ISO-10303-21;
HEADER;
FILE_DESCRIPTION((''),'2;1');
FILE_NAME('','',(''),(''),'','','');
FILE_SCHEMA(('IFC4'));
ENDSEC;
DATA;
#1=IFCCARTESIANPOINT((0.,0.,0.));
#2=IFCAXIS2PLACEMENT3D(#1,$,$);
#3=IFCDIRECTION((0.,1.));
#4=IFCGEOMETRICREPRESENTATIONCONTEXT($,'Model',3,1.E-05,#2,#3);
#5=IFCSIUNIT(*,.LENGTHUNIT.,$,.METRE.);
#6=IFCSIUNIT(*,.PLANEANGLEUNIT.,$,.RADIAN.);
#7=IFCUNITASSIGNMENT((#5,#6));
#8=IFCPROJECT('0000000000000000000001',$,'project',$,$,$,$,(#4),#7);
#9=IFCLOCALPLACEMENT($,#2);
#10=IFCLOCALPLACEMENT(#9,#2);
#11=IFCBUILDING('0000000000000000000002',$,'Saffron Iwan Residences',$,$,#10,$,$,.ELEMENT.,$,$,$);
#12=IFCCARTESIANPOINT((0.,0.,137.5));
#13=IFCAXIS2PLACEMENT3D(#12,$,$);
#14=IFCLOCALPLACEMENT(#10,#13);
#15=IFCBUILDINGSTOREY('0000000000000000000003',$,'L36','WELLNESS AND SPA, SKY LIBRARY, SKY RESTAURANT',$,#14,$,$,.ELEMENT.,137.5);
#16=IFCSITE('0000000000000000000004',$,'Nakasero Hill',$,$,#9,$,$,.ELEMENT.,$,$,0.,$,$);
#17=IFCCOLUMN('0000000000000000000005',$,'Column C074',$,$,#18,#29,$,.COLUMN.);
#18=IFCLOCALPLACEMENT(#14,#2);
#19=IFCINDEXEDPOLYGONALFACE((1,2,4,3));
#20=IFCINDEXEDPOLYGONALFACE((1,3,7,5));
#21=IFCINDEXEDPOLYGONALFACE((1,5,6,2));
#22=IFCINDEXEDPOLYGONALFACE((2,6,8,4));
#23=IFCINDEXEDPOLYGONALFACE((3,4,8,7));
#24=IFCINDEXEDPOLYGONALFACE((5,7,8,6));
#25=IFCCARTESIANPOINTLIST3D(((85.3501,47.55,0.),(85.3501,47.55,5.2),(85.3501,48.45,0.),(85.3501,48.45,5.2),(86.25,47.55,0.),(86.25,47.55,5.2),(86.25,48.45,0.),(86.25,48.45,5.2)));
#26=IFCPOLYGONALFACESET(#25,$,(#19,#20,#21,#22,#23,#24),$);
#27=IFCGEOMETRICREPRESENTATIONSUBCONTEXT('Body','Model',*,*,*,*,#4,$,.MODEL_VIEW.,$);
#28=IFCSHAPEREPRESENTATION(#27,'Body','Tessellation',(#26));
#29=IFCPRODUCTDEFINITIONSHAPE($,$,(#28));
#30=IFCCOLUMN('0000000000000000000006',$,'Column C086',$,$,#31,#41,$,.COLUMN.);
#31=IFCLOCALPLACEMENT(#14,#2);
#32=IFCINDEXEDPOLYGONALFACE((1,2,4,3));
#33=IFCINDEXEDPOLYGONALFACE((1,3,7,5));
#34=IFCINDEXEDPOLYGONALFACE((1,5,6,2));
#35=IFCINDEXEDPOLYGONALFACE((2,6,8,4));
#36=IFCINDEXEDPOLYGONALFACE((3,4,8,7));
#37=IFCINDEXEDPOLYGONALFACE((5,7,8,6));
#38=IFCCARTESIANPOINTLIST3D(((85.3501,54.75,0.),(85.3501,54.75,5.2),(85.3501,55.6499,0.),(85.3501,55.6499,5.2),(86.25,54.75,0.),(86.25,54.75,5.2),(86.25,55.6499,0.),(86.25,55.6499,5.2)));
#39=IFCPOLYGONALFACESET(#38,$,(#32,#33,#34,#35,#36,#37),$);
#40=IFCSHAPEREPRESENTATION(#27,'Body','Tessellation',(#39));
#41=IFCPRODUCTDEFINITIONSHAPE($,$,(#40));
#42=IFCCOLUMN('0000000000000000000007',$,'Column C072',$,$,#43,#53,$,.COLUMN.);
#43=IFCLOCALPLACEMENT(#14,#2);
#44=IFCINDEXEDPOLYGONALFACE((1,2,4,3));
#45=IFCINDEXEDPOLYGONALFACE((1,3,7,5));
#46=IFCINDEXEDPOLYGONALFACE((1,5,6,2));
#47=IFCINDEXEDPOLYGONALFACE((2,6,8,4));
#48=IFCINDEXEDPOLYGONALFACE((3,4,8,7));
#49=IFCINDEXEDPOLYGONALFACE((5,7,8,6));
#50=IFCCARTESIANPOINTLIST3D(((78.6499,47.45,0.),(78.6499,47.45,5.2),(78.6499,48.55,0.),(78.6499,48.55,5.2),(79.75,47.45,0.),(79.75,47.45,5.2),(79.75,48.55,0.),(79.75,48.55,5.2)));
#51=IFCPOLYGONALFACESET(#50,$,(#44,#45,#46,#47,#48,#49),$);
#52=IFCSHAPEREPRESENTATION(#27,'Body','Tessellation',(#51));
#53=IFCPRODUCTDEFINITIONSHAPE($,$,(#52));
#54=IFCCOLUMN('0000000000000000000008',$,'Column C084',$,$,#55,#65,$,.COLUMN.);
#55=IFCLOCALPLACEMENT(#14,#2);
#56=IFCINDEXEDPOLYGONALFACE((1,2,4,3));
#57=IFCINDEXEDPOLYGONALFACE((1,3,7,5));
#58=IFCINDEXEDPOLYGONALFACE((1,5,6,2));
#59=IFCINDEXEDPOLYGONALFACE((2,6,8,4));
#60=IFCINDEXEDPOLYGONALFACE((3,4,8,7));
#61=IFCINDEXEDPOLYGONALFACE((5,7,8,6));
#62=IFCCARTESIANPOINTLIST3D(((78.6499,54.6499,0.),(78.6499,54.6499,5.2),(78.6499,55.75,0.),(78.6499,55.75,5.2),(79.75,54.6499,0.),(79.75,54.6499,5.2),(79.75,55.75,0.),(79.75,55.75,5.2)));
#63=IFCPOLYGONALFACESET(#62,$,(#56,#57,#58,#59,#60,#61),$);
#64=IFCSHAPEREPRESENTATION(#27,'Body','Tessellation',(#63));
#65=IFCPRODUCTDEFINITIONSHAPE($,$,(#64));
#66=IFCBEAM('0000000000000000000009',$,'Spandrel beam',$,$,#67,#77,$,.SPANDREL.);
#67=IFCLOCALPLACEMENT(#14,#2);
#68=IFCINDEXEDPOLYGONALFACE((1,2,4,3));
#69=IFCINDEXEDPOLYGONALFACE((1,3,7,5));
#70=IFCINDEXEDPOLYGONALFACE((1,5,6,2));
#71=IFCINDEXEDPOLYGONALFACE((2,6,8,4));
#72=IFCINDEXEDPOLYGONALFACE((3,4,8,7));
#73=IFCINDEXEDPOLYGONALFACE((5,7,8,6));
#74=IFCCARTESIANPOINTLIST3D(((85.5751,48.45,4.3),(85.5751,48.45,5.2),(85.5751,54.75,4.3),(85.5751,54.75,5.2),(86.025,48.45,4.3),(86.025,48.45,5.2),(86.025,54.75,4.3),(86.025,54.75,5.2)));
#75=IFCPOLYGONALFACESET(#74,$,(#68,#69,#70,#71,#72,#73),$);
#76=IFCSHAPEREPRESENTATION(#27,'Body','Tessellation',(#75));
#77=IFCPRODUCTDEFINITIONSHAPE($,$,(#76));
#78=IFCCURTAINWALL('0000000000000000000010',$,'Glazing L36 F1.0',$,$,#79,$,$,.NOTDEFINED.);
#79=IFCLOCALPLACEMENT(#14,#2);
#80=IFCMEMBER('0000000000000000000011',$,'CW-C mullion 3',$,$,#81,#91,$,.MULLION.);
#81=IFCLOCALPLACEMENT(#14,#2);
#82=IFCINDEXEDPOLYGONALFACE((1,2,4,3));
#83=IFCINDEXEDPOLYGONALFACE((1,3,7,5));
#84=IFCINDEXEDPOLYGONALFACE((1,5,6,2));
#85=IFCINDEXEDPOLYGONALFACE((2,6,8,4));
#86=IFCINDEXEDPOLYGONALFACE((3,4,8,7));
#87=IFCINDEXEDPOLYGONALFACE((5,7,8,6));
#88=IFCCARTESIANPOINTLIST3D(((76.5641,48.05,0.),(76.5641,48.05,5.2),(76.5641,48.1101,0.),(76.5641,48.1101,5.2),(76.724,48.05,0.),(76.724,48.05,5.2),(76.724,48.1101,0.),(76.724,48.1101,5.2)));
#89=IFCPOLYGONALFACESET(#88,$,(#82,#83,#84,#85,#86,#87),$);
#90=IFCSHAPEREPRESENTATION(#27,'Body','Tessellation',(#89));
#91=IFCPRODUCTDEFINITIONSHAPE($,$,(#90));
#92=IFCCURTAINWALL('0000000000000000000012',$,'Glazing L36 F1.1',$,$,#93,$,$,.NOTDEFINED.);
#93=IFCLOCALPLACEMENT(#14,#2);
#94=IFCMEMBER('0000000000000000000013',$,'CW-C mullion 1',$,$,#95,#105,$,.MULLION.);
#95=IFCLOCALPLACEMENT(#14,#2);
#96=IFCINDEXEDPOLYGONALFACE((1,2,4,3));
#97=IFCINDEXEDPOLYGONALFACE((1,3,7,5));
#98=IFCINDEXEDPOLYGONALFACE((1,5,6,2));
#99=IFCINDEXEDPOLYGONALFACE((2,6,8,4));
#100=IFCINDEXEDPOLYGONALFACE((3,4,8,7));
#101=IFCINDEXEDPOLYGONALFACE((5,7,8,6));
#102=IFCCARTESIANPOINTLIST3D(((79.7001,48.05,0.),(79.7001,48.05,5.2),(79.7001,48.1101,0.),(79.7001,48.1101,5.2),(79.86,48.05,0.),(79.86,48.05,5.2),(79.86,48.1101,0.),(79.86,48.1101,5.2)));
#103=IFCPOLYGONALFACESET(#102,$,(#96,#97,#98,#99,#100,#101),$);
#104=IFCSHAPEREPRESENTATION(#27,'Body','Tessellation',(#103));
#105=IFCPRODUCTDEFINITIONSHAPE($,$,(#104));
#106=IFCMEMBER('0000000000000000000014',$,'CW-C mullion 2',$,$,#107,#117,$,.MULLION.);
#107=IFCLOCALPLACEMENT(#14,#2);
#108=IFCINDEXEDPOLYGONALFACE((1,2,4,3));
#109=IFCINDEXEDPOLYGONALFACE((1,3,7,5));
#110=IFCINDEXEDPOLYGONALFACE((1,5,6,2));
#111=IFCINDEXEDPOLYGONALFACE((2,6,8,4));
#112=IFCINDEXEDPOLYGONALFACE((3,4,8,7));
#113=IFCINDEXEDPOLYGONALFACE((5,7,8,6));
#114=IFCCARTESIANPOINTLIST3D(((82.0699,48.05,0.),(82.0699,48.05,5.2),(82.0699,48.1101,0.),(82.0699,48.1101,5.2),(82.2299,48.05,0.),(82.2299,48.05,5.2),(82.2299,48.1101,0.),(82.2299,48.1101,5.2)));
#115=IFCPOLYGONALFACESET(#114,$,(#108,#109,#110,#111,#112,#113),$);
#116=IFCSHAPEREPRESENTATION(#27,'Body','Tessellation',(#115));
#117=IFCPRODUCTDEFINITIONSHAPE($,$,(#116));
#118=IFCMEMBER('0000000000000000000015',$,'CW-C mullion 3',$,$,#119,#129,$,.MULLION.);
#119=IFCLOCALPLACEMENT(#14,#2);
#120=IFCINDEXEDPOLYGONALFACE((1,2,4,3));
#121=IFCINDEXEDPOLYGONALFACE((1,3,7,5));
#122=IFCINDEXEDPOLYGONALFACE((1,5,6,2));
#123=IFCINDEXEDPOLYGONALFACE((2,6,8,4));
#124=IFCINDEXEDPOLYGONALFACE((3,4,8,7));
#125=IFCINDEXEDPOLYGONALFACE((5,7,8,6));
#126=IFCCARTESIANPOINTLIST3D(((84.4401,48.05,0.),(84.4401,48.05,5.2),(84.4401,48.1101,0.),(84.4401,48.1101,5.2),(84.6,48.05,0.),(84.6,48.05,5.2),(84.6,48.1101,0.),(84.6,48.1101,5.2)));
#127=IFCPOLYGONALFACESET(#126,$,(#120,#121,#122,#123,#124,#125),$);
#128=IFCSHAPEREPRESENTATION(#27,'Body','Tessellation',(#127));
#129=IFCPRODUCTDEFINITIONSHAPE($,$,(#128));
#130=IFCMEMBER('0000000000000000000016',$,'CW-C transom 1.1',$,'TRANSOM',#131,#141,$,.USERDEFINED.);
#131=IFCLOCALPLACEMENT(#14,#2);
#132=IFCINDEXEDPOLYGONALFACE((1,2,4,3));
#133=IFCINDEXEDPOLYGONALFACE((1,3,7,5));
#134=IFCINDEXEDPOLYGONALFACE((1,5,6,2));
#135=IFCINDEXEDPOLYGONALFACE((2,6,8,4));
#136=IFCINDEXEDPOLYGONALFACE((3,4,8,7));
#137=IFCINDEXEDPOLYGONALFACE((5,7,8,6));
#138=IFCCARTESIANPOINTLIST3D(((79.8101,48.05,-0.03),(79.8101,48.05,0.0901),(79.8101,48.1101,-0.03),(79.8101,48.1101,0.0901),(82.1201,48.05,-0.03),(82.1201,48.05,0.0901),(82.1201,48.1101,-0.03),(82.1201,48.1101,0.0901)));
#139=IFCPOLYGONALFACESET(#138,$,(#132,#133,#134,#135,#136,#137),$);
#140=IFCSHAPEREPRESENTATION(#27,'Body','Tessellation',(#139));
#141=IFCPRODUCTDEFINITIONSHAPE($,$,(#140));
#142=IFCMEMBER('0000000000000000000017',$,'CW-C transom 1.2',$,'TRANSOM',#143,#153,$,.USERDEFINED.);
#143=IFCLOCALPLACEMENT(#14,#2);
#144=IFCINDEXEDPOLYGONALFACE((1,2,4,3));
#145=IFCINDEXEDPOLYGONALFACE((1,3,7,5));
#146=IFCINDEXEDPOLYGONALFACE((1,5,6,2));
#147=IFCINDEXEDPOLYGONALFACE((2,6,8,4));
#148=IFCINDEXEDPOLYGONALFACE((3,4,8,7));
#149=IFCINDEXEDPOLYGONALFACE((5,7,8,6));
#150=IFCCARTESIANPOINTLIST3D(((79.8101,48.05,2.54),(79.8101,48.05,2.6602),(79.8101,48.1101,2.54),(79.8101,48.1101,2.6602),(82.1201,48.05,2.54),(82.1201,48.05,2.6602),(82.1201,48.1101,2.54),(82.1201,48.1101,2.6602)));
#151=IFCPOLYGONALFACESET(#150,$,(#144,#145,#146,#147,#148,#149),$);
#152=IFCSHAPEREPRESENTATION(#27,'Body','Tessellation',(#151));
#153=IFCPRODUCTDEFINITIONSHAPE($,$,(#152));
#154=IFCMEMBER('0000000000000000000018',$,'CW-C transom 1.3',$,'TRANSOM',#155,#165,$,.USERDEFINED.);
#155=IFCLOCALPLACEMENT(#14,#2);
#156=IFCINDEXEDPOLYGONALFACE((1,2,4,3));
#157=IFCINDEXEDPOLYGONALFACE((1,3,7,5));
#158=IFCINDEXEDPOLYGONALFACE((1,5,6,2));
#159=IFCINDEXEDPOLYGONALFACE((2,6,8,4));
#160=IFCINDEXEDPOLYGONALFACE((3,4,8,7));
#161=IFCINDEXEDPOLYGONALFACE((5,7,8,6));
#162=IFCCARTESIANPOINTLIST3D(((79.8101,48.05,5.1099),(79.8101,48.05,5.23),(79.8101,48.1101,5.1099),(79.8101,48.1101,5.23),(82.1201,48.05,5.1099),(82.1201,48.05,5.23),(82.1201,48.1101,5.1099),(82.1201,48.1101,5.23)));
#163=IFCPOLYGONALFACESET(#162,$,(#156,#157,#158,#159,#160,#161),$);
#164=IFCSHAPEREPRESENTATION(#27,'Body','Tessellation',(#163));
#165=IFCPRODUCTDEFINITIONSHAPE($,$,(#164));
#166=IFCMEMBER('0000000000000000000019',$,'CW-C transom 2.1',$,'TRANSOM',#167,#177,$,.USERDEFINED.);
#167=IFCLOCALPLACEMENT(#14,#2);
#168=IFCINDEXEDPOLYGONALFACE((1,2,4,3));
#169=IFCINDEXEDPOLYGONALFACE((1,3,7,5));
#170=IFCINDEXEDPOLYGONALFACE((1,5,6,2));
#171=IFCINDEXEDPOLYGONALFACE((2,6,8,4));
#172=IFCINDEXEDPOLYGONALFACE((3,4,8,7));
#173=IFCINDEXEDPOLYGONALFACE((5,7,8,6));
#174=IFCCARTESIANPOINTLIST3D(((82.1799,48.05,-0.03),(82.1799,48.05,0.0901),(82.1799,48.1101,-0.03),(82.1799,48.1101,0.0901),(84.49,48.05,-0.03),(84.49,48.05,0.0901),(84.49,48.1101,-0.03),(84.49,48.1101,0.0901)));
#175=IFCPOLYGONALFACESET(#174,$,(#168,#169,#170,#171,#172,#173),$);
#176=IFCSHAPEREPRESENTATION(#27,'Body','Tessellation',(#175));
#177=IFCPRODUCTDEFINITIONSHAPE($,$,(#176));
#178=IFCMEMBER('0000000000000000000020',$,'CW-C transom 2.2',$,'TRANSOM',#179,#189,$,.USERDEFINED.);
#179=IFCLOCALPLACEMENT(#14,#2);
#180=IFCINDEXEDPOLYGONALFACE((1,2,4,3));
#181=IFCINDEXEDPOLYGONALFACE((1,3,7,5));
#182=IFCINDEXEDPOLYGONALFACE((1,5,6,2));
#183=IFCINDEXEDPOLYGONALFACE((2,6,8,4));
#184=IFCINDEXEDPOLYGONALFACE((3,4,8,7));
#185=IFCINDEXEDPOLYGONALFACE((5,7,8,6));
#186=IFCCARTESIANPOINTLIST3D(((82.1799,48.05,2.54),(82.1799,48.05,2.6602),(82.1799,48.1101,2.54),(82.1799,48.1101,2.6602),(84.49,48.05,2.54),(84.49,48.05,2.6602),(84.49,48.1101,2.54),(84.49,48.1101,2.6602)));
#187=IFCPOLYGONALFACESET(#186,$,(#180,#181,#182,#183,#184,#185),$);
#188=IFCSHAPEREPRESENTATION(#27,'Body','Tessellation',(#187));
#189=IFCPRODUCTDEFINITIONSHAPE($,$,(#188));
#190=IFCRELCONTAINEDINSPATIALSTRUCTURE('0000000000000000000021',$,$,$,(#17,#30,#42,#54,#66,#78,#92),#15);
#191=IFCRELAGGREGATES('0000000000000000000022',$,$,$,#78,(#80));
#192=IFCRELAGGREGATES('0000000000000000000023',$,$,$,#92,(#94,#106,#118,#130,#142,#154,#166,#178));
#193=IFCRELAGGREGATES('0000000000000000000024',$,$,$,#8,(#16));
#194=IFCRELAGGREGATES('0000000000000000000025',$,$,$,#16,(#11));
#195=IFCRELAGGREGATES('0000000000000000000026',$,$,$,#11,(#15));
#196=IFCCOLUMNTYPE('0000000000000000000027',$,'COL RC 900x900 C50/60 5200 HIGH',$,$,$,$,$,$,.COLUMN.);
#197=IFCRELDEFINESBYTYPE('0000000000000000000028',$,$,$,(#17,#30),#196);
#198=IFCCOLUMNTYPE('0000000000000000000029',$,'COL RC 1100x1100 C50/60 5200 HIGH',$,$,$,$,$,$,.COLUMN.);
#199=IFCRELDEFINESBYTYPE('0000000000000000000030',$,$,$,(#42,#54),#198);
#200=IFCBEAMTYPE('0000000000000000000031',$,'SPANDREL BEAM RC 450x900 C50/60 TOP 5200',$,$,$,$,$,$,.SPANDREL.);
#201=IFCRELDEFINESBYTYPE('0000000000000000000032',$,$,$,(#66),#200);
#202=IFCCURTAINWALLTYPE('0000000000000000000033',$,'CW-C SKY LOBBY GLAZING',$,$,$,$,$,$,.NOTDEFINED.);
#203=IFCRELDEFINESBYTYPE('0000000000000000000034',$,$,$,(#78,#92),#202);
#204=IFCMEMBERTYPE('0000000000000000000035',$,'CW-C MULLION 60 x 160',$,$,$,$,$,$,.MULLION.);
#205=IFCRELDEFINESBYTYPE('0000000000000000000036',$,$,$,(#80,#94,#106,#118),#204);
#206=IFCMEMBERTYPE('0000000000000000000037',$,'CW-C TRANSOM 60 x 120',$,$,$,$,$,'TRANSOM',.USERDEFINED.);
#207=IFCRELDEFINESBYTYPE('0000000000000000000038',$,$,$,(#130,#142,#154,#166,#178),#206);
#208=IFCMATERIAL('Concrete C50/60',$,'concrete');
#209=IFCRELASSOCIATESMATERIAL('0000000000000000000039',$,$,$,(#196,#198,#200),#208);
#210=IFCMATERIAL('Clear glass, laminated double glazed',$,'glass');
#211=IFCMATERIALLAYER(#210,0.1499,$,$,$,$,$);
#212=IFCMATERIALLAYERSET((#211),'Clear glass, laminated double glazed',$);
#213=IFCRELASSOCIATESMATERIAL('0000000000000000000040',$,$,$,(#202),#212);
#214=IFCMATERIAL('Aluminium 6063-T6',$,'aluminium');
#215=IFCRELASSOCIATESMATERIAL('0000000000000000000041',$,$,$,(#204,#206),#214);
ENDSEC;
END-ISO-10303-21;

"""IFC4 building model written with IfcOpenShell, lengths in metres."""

from ifc_helpers import new_model, si_unit, direction, frame, origin, origin_2d, place, context, subcontext, project, spatial, rectangle, extrude, source, transform, mapped, material, layer, layer_set, material_profile, profile_set, type_object, element, aggregate, save


model = new_model("IFC4")

# Units and contexts
model_context = context("Model", 3, precision=1e-05, world=origin(), true_north=direction((0.0, 1.0)))
body_context = subcontext(model_context, "Body", "Model", "MODEL_VIEW")
ifc_project = project(units=[si_unit("LENGTHUNIT", "METRE"), si_unit("PLANEANGLEUNIT", "RADIAN")], contexts=[model_context])

# Site, building, storey
site_placement = place(None, origin())
site = spatial("IfcSite", under=ifc_project, at=site_placement, Name="Nakasero Hill", CompositionType="ELEMENT", RefElevation=0.0)
building_placement = place(site_placement, origin())
building = spatial("IfcBuilding", under=site, at=building_placement, Name="Saffron Iwan Residences", CompositionType="ELEMENT")
storey_placement = place(building_placement, frame((0.0, 0.0, 137.5)))
storey = spatial("IfcBuildingStorey", under=building, at=storey_placement, Name="L36", Description="WELLNESS AND SPA, SKY LIBRARY, SKY RESTAURANT", CompositionType="ELEMENT", Elevation=137.5)

# Columns
ifc_material_1 = material(Name="Concrete C50/60", Category="concrete")
ifc_material_profile_1 = material_profile(ifc_material_1, rectangle(XDim=0.8999, YDim=0.8999, at=origin_2d()), Name="RC 900x900")
ifc_profile_set_1 = profile_set([ifc_material_profile_1], Name="Concrete C50/60")
column_type_1 = type_object("IfcColumnType", Name="COL RC 900x900 C50/60 5200 HIGH", PredefinedType="COLUMN", material=ifc_profile_set_1)
shared_shape_1 = source(origin(), body_context, "Body", "SweptSolid", [
    extrude(rectangle(XDim=0.8999, YDim=0.8999, at=origin_2d()), origin(), (0.0, 0.0, 1.0), 5.2),
])
for number, where, z_axis, x_axis, name in (
    (1, (85.8, 48.0, 0.0), (0.0, 0.0, 1.0), (1.0, 0.0, 0.0), "Column C074"),
    (2, (85.8, 55.2, 0.0), (0.0, 0.0, 1.0), (1.0, 0.0, 0.0), "Column C086"),
):
    element("IfcColumn", number, at=place(storey_placement, frame(where, z_axis=z_axis, x_axis=x_axis)), inside=storey, type_object=column_type_1, Name=name, PredefinedType="COLUMN", context=body_context, shape_type="MappedRepresentation", body=[
        mapped(shared_shape_1, transform((0.0, 0.0, 0.0))),
    ])
ifc_material_profile_2 = material_profile(ifc_material_1, rectangle(XDim=1.1001, YDim=1.1001, at=origin_2d()), Name="RC 1100x1100")
ifc_profile_set_2 = profile_set([ifc_material_profile_2], Name="Concrete C50/60")
column_type_2 = type_object("IfcColumnType", Name="COL RC 1100x1100 C50/60 5200 HIGH", PredefinedType="COLUMN", material=ifc_profile_set_2)
shared_shape_2 = source(origin(), body_context, "Body", "SweptSolid", [
    extrude(rectangle(XDim=1.1001, YDim=1.1001, at=origin_2d()), origin(), (0.0, 0.0, 1.0), 5.2),
])
for number, where, z_axis, x_axis, name in (
    (3, (79.2, 48.0, 0.0), (0.0, 0.0, 1.0), (1.0, 0.0, 0.0), "Column C072"),
    (4, (79.2, 55.2, 0.0), (0.0, 0.0, 1.0), (1.0, 0.0, 0.0), "Column C084"),
):
    element("IfcColumn", number, at=place(storey_placement, frame(where, z_axis=z_axis, x_axis=x_axis)), inside=storey, type_object=column_type_2, Name=name, PredefinedType="COLUMN", context=body_context, shape_type="MappedRepresentation", body=[
        mapped(shared_shape_2, transform((0.0, 0.0, 0.0))),
    ])

# Beam
ifc_material_profile_3 = material_profile(ifc_material_1, rectangle(XDim=0.45, YDim=0.8999, at=origin_2d()), Name="RC 450x900")
ifc_profile_set_3 = profile_set([ifc_material_profile_3], Name="Concrete C50/60")
beam_type = type_object("IfcBeamType", Name="SPANDREL BEAM RC 450x900 C50/60 TOP 5200", PredefinedType="SPANDREL", material=ifc_profile_set_3)
shared_shape_3 = source(origin(), body_context, "Body", "SweptSolid", [
    extrude(rectangle(XDim=0.45, YDim=0.8999, at=origin_2d()), origin(), (0.0, 0.0, 1.0), 6.3),
])
beam_placement = place(storey_placement, frame((85.8, 54.75, 4.75), z_axis=(0.0, -1.0, 0.0), x_axis=(1.0, 0.0, 0.0)))
element("IfcBeam", 5, at=beam_placement, inside=storey, type_object=beam_type, Name="Spandrel beam", PredefinedType="SPANDREL", context=body_context, shape_type="MappedRepresentation", body=[
    mapped(shared_shape_3, transform((0.0, 0.0, 0.0))),
])

# Curtain wall, member
ifc_material_2 = material(Name="Clear glass, laminated double glazed", Category="glass")
ifc_layer_1 = layer(ifc_material_2, 0.1499)
ifc_layer_set_1 = layer_set([ifc_layer_1], Name="Clear glass, laminated double glazed")
curtain_wall_type = type_object("IfcCurtainWallType", Name="CW-C SKY LOBBY GLAZING", PredefinedType="NOTDEFINED", material=ifc_layer_set_1)
curtain_wall_1_placement = place(storey_placement, origin())
curtain_wall_1 = element("IfcCurtainWall", 6, at=curtain_wall_1_placement, inside=storey, type_object=curtain_wall_type, Name="Glazing L36 F1.0", PredefinedType="NOTDEFINED")
ifc_material_3 = material(Name="Aluminium 6063-T6", Category="aluminium")
ifc_material_profile_4 = material_profile(ifc_material_3, rectangle(XDim=0.0601, YDim=0.1599, at=origin_2d()), Name="CW-C MULLION 60 x 160")
ifc_profile_set_4 = profile_set([ifc_material_profile_4], Name="Aluminium 6063-T6")
member_type_1 = type_object("IfcMemberType", Name="CW-C MULLION 60 x 160", PredefinedType="MULLION", material=ifc_profile_set_4)
shared_shape_4 = source(origin(), body_context, "Body", "SweptSolid", [
    extrude(rectangle(XDim=0.0601, YDim=0.1599, at=origin_2d()), origin(), (0.0, 0.0, 1.0), 5.2),
])
member_1_placement = place(storey_placement, frame((76.644, 48.0801, 0.0), z_axis=(0.0, 0.0, 1.0), x_axis=(0.0, 1.0, 0.0)))
member_1 = element("IfcMember", 7, at=member_1_placement, type_object=member_type_1, Name="CW-C mullion 3", PredefinedType="MULLION", context=body_context, shape_type="MappedRepresentation", body=[
    mapped(shared_shape_4, transform((0.0, 0.0, 0.0))),
])
aggregate(curtain_wall_1, [member_1])

# Curtain wall, members
curtain_wall_2_placement = place(storey_placement, origin())
curtain_wall_2 = element("IfcCurtainWall", 8, at=curtain_wall_2_placement, inside=storey, type_object=curtain_wall_type, Name="Glazing L36 F1.1", PredefinedType="NOTDEFINED")
member_2_placement = place(storey_placement, frame((79.78, 48.0801, 0.0), z_axis=(0.0, 0.0, 1.0), x_axis=(0.0, 1.0, 0.0)))
member_2 = element("IfcMember", 9, at=member_2_placement, type_object=member_type_1, Name="CW-C mullion 1", PredefinedType="MULLION", context=body_context, shape_type="MappedRepresentation", body=[
    mapped(shared_shape_4, transform((0.0, 0.0, 0.0))),
])
member_3_placement = place(storey_placement, frame((82.1499, 48.0801, 0.0), z_axis=(0.0, 0.0, 1.0), x_axis=(0.0, 1.0, 0.0)))
member_3 = element("IfcMember", 10, at=member_3_placement, type_object=member_type_1, Name="CW-C mullion 2", PredefinedType="MULLION", context=body_context, shape_type="MappedRepresentation", body=[
    mapped(shared_shape_4, transform((0.0, 0.0, 0.0))),
])
member_4_placement = place(storey_placement, frame((84.52, 48.0801, 0.0), z_axis=(0.0, 0.0, 1.0), x_axis=(0.0, 1.0, 0.0)))
member_4 = element("IfcMember", 11, at=member_4_placement, type_object=member_type_1, Name="CW-C mullion 3", PredefinedType="MULLION", context=body_context, shape_type="MappedRepresentation", body=[
    mapped(shared_shape_4, transform((0.0, 0.0, 0.0))),
])
ifc_material_profile_5 = material_profile(ifc_material_3, rectangle(XDim=0.0601, YDim=0.1201, at=origin_2d()), Name="CW-C TRANSOM 60 x 120")
ifc_profile_set_5 = profile_set([ifc_material_profile_5], Name="Aluminium 6063-T6")
member_type_2 = type_object("IfcMemberType", Name="CW-C TRANSOM 60 x 120", ElementType="TRANSOM", PredefinedType="USERDEFINED", material=ifc_profile_set_5)
shared_shape_5 = source(origin(), body_context, "Body", "SweptSolid", [
    extrude(rectangle(XDim=0.0601, YDim=0.1201, at=origin_2d()), origin(), (0.0, 0.0, 1.0), 2.3101),
])
member_5_placement = place(storey_placement, frame((79.8101, 48.0801, 0.03), z_axis=(1.0, 0.0, 0.0), x_axis=(0.0, 1.0, 0.0)))
member_5 = element("IfcMember", 12, at=member_5_placement, type_object=member_type_2, Name="CW-C transom 1.1", ObjectType="TRANSOM", PredefinedType="USERDEFINED", context=body_context, shape_type="MappedRepresentation", body=[
    mapped(shared_shape_5, transform((0.0, 0.0, 0.0))),
])
member_6_placement = place(storey_placement, frame((79.8101, 48.0801, 2.6001), z_axis=(1.0, 0.0, 0.0), x_axis=(0.0, 1.0, 0.0)))
member_6 = element("IfcMember", 13, at=member_6_placement, type_object=member_type_2, Name="CW-C transom 1.2", ObjectType="TRANSOM", PredefinedType="USERDEFINED", context=body_context, shape_type="MappedRepresentation", body=[
    mapped(shared_shape_5, transform((0.0, 0.0, 0.0))),
])
member_7_placement = place(storey_placement, frame((79.8101, 48.0801, 5.1699), z_axis=(1.0, 0.0, 0.0), x_axis=(0.0, 1.0, 0.0)))
member_7 = element("IfcMember", 14, at=member_7_placement, type_object=member_type_2, Name="CW-C transom 1.3", ObjectType="TRANSOM", PredefinedType="USERDEFINED", context=body_context, shape_type="MappedRepresentation", body=[
    mapped(shared_shape_5, transform((0.0, 0.0, 0.0))),
])
member_8_placement = place(storey_placement, frame((82.1799, 48.0801, 0.03), z_axis=(1.0, 0.0, 0.0), x_axis=(0.0, 1.0, 0.0)))
member_8 = element("IfcMember", 15, at=member_8_placement, type_object=member_type_2, Name="CW-C transom 2.1", ObjectType="TRANSOM", PredefinedType="USERDEFINED", context=body_context, shape_type="MappedRepresentation", body=[
    mapped(shared_shape_5, transform((0.0, 0.0, 0.0))),
])
member_9_placement = place(storey_placement, frame((82.1799, 48.0801, 2.6001), z_axis=(1.0, 0.0, 0.0), x_axis=(0.0, 1.0, 0.0)))
member_9 = element("IfcMember", 16, at=member_9_placement, type_object=member_type_2, Name="CW-C transom 2.2", ObjectType="TRANSOM", PredefinedType="USERDEFINED", context=body_context, shape_type="MappedRepresentation", body=[
    mapped(shared_shape_5, transform((0.0, 0.0, 0.0))),
])
aggregate(curtain_wall_2, [member_2, member_3, member_4, member_5, member_6, member_7, member_8, member_9])

save(model, "model.ifc")
